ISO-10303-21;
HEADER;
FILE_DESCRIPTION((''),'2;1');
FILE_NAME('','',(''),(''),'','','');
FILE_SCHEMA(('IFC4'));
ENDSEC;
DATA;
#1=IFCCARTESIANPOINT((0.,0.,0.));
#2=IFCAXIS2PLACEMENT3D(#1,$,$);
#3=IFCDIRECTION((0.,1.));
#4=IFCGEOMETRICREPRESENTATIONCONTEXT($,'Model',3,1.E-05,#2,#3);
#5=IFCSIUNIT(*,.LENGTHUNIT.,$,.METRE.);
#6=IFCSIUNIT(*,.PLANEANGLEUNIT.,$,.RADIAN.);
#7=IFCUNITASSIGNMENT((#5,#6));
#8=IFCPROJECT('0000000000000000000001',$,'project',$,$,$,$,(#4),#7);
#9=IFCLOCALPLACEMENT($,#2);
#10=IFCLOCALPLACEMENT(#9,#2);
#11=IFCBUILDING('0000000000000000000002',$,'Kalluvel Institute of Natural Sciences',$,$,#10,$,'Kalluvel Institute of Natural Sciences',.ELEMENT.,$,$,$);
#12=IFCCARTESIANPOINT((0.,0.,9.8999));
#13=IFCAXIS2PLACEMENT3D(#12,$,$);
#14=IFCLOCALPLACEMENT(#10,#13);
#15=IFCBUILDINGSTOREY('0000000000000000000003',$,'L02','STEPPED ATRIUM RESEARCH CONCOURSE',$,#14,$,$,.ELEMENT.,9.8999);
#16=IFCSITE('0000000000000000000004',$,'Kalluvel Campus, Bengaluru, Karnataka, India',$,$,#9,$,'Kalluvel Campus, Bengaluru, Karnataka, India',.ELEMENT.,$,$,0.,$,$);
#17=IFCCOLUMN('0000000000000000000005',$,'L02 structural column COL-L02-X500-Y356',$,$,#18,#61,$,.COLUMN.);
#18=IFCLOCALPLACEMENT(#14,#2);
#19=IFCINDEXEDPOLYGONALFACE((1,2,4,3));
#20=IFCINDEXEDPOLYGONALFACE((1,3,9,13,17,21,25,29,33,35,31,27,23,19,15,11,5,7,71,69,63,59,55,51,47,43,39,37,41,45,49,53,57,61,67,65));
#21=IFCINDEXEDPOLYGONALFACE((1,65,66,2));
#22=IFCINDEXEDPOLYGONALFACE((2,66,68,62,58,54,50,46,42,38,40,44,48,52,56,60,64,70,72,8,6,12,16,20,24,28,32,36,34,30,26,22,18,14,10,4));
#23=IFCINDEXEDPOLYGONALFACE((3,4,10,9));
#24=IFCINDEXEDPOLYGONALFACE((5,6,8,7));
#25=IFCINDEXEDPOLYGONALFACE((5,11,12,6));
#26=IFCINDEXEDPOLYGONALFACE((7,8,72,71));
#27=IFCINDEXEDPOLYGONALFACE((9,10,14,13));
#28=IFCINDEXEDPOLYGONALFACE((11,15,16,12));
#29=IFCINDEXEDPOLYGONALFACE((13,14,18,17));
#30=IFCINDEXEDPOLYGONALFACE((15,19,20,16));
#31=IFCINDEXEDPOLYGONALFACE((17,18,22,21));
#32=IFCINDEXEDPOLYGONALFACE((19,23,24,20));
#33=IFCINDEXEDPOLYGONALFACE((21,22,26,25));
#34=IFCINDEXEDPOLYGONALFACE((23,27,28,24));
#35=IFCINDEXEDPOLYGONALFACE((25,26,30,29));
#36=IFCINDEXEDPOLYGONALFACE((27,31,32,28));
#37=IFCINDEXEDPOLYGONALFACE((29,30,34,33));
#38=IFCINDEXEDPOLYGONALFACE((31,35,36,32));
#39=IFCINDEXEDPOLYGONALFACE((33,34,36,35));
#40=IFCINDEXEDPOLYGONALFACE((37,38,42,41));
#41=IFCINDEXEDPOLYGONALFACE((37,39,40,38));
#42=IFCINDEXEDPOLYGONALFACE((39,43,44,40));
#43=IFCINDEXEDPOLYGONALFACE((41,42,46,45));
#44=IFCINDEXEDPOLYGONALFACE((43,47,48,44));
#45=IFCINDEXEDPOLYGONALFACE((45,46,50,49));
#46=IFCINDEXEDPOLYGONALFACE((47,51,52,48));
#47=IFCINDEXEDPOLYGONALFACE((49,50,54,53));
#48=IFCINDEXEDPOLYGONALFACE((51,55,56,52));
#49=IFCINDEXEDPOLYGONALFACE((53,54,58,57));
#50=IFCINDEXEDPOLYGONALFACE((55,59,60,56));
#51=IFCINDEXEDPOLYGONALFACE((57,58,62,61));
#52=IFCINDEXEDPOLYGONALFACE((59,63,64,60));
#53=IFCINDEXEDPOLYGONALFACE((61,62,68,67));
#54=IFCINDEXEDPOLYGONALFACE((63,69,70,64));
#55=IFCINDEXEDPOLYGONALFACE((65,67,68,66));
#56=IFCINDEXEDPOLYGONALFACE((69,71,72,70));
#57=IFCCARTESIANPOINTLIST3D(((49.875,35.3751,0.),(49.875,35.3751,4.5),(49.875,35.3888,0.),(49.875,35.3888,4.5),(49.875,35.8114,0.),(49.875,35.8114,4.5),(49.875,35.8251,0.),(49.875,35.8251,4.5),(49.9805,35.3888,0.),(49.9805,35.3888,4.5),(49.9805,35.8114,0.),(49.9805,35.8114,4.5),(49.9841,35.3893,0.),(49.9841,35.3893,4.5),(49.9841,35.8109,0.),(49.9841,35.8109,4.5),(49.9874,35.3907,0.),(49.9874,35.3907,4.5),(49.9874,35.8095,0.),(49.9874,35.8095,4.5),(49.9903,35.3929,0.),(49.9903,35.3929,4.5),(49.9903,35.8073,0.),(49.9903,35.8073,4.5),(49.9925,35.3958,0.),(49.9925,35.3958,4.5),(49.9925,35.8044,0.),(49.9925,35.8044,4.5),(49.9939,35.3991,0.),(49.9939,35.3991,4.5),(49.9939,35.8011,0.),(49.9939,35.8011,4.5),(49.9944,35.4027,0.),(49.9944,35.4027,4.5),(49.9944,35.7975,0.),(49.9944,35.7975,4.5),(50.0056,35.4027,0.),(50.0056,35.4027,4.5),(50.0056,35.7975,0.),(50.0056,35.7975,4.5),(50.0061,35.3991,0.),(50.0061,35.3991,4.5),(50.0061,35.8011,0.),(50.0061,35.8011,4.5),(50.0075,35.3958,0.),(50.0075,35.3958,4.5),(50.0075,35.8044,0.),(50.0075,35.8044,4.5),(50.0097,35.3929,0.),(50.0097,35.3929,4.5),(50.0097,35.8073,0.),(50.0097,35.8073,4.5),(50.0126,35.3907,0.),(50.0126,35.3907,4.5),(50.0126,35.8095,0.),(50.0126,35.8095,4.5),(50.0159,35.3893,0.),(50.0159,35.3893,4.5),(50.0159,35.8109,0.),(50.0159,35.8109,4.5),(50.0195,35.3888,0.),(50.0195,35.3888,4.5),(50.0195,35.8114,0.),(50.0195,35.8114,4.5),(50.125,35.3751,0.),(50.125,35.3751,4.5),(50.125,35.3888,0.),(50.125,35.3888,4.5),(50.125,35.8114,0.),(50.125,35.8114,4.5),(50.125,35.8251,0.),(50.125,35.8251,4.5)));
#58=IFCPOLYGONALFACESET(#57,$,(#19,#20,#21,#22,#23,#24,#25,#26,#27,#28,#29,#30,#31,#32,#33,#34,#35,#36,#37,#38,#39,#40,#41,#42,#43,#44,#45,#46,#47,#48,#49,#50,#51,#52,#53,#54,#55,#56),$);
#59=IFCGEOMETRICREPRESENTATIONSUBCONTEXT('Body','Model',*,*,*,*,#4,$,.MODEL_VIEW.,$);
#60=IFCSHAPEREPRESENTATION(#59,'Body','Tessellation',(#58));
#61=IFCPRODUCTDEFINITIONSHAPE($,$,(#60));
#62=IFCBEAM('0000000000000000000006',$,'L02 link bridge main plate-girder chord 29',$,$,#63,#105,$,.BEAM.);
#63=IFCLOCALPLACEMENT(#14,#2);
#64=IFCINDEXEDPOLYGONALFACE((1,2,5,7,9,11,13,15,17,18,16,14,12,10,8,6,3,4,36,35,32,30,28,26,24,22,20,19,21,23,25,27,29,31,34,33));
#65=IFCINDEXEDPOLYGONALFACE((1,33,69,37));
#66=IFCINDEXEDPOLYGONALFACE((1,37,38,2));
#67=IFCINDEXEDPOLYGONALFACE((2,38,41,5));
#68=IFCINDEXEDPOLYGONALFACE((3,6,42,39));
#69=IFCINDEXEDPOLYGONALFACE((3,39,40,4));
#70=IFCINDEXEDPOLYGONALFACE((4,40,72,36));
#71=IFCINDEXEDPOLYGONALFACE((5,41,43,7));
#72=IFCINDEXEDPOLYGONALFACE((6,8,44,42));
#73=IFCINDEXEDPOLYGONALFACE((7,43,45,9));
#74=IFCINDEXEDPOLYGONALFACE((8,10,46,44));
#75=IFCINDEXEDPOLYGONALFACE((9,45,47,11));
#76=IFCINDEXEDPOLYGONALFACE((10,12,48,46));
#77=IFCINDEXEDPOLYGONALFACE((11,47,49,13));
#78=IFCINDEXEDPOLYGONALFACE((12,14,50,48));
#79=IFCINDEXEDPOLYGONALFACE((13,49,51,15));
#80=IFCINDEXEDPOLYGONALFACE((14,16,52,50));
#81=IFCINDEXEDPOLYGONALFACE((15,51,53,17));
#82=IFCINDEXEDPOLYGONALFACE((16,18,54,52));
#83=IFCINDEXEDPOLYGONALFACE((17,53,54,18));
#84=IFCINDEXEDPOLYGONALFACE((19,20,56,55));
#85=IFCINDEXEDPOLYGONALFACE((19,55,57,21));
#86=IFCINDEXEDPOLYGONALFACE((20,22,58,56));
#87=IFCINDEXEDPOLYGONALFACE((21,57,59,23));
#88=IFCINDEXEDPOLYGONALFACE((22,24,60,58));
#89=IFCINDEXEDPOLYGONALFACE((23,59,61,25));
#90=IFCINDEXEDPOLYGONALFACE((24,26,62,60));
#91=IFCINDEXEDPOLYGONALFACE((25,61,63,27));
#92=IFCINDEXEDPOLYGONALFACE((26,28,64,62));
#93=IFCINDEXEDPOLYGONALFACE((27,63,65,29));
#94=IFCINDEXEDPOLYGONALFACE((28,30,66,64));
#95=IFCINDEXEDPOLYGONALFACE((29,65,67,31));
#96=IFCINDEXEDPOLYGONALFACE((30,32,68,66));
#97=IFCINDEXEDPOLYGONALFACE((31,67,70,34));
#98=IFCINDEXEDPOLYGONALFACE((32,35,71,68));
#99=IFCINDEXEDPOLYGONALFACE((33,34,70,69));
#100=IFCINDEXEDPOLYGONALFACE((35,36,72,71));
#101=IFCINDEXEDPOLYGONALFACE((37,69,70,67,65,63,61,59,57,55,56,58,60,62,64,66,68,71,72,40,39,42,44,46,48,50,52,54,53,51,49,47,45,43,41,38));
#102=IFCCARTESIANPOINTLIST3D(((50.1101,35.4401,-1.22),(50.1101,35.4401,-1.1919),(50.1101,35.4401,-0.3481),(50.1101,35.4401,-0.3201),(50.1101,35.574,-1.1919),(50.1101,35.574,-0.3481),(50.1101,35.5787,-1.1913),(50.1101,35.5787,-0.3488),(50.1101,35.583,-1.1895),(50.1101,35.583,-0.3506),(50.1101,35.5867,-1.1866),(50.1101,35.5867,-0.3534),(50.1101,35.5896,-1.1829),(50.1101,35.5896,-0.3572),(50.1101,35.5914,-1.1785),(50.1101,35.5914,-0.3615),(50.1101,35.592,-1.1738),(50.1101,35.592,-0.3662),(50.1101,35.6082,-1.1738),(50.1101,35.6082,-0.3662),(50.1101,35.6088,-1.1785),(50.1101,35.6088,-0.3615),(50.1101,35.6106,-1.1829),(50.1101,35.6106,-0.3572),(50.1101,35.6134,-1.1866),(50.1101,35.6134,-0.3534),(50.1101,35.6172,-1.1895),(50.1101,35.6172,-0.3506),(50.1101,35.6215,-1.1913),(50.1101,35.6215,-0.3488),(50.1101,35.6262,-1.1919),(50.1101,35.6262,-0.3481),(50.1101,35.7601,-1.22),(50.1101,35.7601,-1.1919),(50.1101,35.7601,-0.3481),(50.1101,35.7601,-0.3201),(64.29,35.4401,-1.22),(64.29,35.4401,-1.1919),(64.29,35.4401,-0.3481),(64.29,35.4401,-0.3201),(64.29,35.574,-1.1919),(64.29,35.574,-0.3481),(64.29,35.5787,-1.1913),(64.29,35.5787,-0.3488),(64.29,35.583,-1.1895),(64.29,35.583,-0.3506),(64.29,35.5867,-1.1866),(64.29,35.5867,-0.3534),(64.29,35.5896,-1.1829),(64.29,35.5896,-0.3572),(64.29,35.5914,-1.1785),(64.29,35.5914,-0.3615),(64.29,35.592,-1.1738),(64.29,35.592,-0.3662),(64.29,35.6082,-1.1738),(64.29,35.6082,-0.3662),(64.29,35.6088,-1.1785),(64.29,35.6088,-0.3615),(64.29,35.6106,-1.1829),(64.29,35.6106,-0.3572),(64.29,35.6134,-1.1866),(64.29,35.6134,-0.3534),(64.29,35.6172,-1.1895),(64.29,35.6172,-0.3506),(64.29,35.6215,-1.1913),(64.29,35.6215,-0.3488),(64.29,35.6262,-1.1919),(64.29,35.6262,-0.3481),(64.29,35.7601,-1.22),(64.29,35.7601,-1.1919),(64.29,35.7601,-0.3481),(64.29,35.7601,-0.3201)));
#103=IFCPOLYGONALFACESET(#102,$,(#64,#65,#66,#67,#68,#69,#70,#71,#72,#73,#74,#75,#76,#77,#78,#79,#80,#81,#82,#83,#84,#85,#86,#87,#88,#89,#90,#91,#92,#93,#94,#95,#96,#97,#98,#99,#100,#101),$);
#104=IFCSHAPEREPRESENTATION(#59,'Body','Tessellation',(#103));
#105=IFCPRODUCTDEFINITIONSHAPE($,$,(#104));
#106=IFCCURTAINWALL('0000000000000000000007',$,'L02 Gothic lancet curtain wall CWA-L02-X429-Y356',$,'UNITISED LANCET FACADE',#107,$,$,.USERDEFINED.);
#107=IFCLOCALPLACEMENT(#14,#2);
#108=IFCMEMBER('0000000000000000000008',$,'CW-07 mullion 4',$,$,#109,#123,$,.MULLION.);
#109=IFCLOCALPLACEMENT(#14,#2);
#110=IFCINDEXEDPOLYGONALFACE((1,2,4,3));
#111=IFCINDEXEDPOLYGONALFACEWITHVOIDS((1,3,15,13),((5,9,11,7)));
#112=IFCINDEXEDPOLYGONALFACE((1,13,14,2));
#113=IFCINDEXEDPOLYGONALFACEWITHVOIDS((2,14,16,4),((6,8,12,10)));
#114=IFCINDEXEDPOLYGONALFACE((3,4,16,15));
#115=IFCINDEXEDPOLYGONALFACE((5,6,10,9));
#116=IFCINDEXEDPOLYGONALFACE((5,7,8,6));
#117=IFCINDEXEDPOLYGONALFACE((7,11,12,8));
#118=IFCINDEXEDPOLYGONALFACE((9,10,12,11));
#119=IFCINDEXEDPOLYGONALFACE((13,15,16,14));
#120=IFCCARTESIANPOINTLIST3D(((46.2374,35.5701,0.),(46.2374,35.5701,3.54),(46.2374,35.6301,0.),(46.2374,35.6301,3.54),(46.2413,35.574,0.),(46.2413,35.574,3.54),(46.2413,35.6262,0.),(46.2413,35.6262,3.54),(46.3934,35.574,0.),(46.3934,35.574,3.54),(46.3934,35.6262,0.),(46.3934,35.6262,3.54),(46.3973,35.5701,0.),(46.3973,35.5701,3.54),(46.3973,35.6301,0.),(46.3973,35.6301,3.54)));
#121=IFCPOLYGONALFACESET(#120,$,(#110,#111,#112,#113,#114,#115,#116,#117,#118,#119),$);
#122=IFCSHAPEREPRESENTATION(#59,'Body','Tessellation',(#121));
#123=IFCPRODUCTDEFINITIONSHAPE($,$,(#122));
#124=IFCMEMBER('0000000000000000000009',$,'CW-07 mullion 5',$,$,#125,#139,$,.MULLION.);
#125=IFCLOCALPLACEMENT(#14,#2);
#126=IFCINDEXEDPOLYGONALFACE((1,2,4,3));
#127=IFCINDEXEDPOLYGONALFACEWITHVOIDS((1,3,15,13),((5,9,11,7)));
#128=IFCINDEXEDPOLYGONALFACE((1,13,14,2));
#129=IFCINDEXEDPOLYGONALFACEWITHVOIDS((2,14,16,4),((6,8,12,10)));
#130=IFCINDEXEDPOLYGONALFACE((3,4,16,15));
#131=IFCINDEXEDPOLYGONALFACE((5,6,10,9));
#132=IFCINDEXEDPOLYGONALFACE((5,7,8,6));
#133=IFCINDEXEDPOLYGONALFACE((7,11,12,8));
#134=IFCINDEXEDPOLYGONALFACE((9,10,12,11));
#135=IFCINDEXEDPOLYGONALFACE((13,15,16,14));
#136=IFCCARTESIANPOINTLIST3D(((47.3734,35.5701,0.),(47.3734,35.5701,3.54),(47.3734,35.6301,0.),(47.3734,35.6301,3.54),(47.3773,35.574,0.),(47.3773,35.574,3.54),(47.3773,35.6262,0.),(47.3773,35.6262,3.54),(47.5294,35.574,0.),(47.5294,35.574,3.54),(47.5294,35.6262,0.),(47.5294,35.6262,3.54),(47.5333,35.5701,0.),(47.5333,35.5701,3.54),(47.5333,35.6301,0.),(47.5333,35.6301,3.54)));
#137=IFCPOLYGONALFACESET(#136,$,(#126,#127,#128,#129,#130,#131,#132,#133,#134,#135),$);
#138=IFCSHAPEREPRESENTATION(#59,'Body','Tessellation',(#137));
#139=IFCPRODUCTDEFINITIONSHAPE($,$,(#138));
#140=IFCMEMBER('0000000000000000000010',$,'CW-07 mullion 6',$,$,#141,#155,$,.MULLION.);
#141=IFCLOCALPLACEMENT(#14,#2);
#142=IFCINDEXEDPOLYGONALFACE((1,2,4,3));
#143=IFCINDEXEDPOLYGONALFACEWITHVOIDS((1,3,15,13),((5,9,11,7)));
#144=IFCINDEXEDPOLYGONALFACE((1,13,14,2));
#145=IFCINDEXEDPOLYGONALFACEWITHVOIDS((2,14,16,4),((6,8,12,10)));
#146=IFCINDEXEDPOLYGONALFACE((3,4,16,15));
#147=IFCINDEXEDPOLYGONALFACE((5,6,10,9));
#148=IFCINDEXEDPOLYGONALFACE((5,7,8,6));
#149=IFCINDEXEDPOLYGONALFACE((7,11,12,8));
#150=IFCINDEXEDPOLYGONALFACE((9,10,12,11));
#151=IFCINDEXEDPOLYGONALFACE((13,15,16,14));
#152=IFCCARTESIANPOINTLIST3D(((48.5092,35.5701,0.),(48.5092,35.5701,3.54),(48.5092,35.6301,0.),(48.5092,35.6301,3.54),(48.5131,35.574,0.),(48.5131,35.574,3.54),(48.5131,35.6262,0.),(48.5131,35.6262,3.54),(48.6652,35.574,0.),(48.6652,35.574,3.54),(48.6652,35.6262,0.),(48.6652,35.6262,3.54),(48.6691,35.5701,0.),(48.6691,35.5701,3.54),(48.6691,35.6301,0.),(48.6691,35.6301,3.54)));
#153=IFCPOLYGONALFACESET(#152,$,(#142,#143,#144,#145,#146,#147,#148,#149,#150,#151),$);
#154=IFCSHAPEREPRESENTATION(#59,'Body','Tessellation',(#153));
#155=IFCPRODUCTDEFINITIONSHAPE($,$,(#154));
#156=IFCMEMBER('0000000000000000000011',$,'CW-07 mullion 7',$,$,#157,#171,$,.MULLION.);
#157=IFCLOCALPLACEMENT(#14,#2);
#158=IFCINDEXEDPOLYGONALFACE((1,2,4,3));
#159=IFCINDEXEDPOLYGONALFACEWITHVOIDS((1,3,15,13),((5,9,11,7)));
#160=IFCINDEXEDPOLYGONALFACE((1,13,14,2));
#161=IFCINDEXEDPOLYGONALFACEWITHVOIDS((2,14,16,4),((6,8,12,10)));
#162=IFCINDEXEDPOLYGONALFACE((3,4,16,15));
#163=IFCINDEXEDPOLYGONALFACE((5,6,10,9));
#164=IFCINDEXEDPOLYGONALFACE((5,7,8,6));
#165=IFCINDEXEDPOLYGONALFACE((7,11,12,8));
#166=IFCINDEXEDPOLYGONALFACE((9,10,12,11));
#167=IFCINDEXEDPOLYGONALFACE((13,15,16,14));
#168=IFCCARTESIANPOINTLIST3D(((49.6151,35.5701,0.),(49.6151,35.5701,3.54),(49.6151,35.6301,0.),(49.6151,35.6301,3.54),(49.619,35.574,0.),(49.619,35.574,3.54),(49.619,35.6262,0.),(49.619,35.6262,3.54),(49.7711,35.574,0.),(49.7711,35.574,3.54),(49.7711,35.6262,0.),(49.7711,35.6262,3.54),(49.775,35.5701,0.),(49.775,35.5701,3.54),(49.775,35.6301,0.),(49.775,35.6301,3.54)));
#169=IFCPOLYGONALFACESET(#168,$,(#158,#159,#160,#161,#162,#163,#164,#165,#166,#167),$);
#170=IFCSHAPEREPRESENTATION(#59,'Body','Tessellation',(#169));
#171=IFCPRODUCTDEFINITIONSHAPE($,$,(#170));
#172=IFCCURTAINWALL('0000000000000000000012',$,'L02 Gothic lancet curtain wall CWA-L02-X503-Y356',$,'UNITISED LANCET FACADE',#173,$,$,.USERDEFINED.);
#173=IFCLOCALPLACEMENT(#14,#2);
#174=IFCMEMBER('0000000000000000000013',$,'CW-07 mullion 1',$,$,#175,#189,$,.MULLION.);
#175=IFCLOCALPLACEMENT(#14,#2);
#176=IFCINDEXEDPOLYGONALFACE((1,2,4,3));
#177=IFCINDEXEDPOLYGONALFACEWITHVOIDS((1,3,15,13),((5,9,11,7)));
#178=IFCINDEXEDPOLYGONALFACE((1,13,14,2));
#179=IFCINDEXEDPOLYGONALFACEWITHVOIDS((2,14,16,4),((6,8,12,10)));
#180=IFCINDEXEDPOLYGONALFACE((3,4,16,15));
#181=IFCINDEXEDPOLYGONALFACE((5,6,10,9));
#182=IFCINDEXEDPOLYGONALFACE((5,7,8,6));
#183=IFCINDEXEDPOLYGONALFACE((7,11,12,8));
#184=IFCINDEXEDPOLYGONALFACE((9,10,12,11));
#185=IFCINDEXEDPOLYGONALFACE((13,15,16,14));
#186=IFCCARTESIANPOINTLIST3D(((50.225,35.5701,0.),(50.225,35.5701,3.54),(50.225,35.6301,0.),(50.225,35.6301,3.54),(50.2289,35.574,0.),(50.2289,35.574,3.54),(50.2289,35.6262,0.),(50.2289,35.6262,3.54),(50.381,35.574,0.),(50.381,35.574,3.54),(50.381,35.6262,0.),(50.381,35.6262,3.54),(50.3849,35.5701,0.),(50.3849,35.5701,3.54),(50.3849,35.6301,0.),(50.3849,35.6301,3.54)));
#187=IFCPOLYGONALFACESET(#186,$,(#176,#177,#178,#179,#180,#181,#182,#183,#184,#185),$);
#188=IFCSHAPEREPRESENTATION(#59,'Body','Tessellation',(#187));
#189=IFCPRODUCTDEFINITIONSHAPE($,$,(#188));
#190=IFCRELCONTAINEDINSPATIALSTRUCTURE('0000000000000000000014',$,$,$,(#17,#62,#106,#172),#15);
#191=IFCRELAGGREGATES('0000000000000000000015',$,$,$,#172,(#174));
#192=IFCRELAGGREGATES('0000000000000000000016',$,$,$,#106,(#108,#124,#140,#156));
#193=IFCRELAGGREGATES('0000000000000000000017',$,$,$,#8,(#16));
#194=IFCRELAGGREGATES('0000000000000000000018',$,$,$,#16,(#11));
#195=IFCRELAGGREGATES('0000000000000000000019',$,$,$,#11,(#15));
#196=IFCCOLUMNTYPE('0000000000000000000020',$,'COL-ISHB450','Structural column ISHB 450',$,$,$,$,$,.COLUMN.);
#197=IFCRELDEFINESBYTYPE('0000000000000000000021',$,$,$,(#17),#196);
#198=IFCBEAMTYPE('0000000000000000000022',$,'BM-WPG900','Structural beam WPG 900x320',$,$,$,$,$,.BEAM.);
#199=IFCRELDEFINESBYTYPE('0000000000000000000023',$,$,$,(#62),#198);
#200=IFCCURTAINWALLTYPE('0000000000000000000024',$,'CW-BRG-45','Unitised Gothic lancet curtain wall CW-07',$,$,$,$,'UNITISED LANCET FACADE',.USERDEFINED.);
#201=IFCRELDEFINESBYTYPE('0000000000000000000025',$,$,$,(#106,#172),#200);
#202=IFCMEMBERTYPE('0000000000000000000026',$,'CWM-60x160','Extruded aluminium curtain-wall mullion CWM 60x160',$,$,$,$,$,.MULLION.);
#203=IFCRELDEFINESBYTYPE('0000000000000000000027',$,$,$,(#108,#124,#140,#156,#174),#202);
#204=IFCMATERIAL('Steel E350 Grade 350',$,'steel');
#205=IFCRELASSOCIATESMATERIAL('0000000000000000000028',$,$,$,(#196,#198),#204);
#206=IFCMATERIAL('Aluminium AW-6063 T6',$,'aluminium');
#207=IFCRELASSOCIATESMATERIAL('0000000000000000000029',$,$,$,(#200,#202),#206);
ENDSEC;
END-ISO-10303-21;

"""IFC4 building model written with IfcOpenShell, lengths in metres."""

from ifc_helpers import new_model, si_unit, direction, frame, origin, origin_2d, place, context, subcontext, project, spatial, hollow_rectangle, i_section, extrude, material, material_profile, profile_set, type_object, element, aggregate, save


model = new_model("IFC4")

# Units and contexts
model_context = context("Model", 3, precision=1e-05, world=origin(), true_north=direction((0.0, 1.0)))
body_context = subcontext(model_context, "Body", "Model", "MODEL_VIEW")
ifc_project = project(units=[si_unit("LENGTHUNIT", "METRE"), si_unit("PLANEANGLEUNIT", "RADIAN")], contexts=[model_context])

# Site, building, storey
site_placement = place(None, origin())
site = spatial("IfcSite", under=ifc_project, at=site_placement, Name="Kalluvel Campus, Bengaluru, Karnataka, India", LongName="Kalluvel Campus, Bengaluru, Karnataka, India", CompositionType="ELEMENT", RefElevation=0.0)
building_placement = place(site_placement, origin())
building = spatial("IfcBuilding", under=site, at=building_placement, Name="Kalluvel Institute of Natural Sciences", LongName="Kalluvel Institute of Natural Sciences", CompositionType="ELEMENT")
storey_placement = place(building_placement, frame((0.0, 0.0, 9.8999)))
storey = spatial("IfcBuildingStorey", under=building, at=storey_placement, Name="L02", Description="STEPPED ATRIUM RESEARCH CONCOURSE", CompositionType="ELEMENT", Elevation=9.8999)

# Column
ifc_material_1 = material(Name="Steel E350 Grade 350", Category="steel")
ifc_material_profile_1 = material_profile(ifc_material_1, i_section(OverallWidth=0.25, OverallDepth=0.45, WebThickness=0.0112, FlangeThickness=0.0137, FilletRadius=0.0139, at=origin_2d()), Name="ISHB 450")
ifc_profile_set_1 = profile_set([ifc_material_profile_1], Name="Steel E350 Grade 350")
column_type = type_object("IfcColumnType", Name="COL-ISHB450", Description="Structural column ISHB 450", PredefinedType="COLUMN", material=ifc_profile_set_1)
column_placement = place(storey_placement, frame((50.0, 35.6001, 0.0), z_axis=(0.0, 0.0, 1.0), x_axis=(1.0, 0.0, 0.0)))
element("IfcColumn", 1, at=column_placement, inside=storey, type_object=column_type, Name="L02 structural column COL-L02-X500-Y356", PredefinedType="COLUMN", context=body_context, shape_type="SweptSolid", body=[
    extrude(i_section(OverallWidth=0.25, OverallDepth=0.45, WebThickness=0.0112, FlangeThickness=0.0137, FilletRadius=0.0139, at=origin_2d()), origin(), (0.0, 0.0, 1.0), 4.5),
])

# Beam
ifc_material_profile_2 = material_profile(ifc_material_1, i_section(OverallWidth=0.3201, OverallDepth=0.8999, WebThickness=0.0161, FlangeThickness=0.0281, FilletRadius=0.0181, at=origin_2d()), Name="WPG 900x320")
ifc_profile_set_2 = profile_set([ifc_material_profile_2], Name="Steel E350 Grade 350")
beam_type = type_object("IfcBeamType", Name="BM-WPG900", Description="Structural beam WPG 900x320", PredefinedType="BEAM", material=ifc_profile_set_2)
beam_placement = place(storey_placement, frame((50.1101, 35.6001, -0.77), z_axis=(1.0, 0.0, 0.0), x_axis=(0.0, 1.0, 0.0)))
element("IfcBeam", 2, at=beam_placement, inside=storey, type_object=beam_type, Name="L02 link bridge main plate-girder chord 29", PredefinedType="BEAM", context=body_context, shape_type="SweptSolid", body=[
    extrude(i_section(OverallWidth=0.3201, OverallDepth=0.8999, WebThickness=0.0161, FlangeThickness=0.0281, FilletRadius=0.0181, at=origin_2d()), origin(), (0.0, 0.0, 1.0), 14.1799),
])

# Curtain wall, members
ifc_material_2 = material(Name="Aluminium AW-6063 T6", Category="aluminium")
curtain_wall_type = type_object("IfcCurtainWallType", Name="CW-BRG-45", Description="Unitised Gothic lancet curtain wall CW-07", ElementType="UNITISED LANCET FACADE", PredefinedType="USERDEFINED", material=ifc_material_2)
curtain_wall_1_placement = place(storey_placement, origin())
curtain_wall_1 = element("IfcCurtainWall", 3, at=curtain_wall_1_placement, inside=storey, type_object=curtain_wall_type, Name="L02 Gothic lancet curtain wall CWA-L02-X429-Y356", ObjectType="UNITISED LANCET FACADE", PredefinedType="USERDEFINED")
ifc_material_profile_3 = material_profile(ifc_material_2, hollow_rectangle(XDim=0.0601, YDim=0.1599, WallThickness=0.0039, at=origin_2d()), Name="CWM 60x160")
ifc_profile_set_3 = profile_set([ifc_material_profile_3], Name="Aluminium AW-6063 T6")
member_type_1 = type_object("IfcMemberType", Name="CWM-60x160", Description="Extruded aluminium curtain-wall mullion CWM 60x160", PredefinedType="MULLION", material=ifc_profile_set_3)
member_1_placement = place(storey_placement, frame((46.3174, 35.6001, 0.0), z_axis=(0.0, 0.0, 1.0), x_axis=(0.0, 1.0, 0.0)))
member_1 = element("IfcMember", 4, at=member_1_placement, type_object=member_type_1, Name="CW-07 mullion 4", PredefinedType="MULLION", context=body_context, shape_type="SweptSolid", body=[
    extrude(hollow_rectangle(XDim=0.0601, YDim=0.1599, WallThickness=0.0039, at=origin_2d()), origin(), (0.0, 0.0, 1.0), 3.54),
])
member_2_placement = place(storey_placement, frame((47.4534, 35.6001, 0.0), z_axis=(0.0, 0.0, 1.0), x_axis=(0.0, 1.0, 0.0)))
member_2 = element("IfcMember", 5, at=member_2_placement, type_object=member_type_1, Name="CW-07 mullion 5", PredefinedType="MULLION", context=body_context, shape_type="SweptSolid", body=[
    extrude(hollow_rectangle(XDim=0.0601, YDim=0.1599, WallThickness=0.0039, at=origin_2d()), origin(), (0.0, 0.0, 1.0), 3.54),
])
member_3_placement = place(storey_placement, frame((48.5891, 35.6001, 0.0), z_axis=(0.0, 0.0, 1.0), x_axis=(0.0, 1.0, 0.0)))
member_3 = element("IfcMember", 6, at=member_3_placement, type_object=member_type_1, Name="CW-07 mullion 6", PredefinedType="MULLION", context=body_context, shape_type="SweptSolid", body=[
    extrude(hollow_rectangle(XDim=0.0601, YDim=0.1599, WallThickness=0.0039, at=origin_2d()), origin(), (0.0, 0.0, 1.0), 3.54),
])
member_4_placement = place(storey_placement, frame((49.6951, 35.6001, 0.0), z_axis=(0.0, 0.0, 1.0), x_axis=(0.0, 1.0, 0.0)))
member_4 = element("IfcMember", 7, at=member_4_placement, type_object=member_type_1, Name="CW-07 mullion 7", PredefinedType="MULLION", context=body_context, shape_type="SweptSolid", body=[
    extrude(hollow_rectangle(XDim=0.0601, YDim=0.1599, WallThickness=0.0039, at=origin_2d()), origin(), (0.0, 0.0, 1.0), 3.54),
])

# Curtain wall, member
curtain_wall_2_placement = place(storey_placement, origin())
curtain_wall_2 = element("IfcCurtainWall", 8, at=curtain_wall_2_placement, inside=storey, type_object=curtain_wall_type, Name="L02 Gothic lancet curtain wall CWA-L02-X503-Y356", ObjectType="UNITISED LANCET FACADE", PredefinedType="USERDEFINED")
member_5_placement = place(storey_placement, frame((50.3049, 35.6001, 0.0), z_axis=(0.0, 0.0, 1.0), x_axis=(0.0, 1.0, 0.0)))
member_5 = element("IfcMember", 9, at=member_5_placement, type_object=member_type_1, Name="CW-07 mullion 1", PredefinedType="MULLION", context=body_context, shape_type="SweptSolid", body=[
    extrude(hollow_rectangle(XDim=0.0601, YDim=0.1599, WallThickness=0.0039, at=origin_2d()), origin(), (0.0, 0.0, 1.0), 3.54),
])
aggregate(curtain_wall_2, [member_5])

aggregate(curtain_wall_1, [member_1, member_2, member_3, member_4])

save(model, "model.ifc")
